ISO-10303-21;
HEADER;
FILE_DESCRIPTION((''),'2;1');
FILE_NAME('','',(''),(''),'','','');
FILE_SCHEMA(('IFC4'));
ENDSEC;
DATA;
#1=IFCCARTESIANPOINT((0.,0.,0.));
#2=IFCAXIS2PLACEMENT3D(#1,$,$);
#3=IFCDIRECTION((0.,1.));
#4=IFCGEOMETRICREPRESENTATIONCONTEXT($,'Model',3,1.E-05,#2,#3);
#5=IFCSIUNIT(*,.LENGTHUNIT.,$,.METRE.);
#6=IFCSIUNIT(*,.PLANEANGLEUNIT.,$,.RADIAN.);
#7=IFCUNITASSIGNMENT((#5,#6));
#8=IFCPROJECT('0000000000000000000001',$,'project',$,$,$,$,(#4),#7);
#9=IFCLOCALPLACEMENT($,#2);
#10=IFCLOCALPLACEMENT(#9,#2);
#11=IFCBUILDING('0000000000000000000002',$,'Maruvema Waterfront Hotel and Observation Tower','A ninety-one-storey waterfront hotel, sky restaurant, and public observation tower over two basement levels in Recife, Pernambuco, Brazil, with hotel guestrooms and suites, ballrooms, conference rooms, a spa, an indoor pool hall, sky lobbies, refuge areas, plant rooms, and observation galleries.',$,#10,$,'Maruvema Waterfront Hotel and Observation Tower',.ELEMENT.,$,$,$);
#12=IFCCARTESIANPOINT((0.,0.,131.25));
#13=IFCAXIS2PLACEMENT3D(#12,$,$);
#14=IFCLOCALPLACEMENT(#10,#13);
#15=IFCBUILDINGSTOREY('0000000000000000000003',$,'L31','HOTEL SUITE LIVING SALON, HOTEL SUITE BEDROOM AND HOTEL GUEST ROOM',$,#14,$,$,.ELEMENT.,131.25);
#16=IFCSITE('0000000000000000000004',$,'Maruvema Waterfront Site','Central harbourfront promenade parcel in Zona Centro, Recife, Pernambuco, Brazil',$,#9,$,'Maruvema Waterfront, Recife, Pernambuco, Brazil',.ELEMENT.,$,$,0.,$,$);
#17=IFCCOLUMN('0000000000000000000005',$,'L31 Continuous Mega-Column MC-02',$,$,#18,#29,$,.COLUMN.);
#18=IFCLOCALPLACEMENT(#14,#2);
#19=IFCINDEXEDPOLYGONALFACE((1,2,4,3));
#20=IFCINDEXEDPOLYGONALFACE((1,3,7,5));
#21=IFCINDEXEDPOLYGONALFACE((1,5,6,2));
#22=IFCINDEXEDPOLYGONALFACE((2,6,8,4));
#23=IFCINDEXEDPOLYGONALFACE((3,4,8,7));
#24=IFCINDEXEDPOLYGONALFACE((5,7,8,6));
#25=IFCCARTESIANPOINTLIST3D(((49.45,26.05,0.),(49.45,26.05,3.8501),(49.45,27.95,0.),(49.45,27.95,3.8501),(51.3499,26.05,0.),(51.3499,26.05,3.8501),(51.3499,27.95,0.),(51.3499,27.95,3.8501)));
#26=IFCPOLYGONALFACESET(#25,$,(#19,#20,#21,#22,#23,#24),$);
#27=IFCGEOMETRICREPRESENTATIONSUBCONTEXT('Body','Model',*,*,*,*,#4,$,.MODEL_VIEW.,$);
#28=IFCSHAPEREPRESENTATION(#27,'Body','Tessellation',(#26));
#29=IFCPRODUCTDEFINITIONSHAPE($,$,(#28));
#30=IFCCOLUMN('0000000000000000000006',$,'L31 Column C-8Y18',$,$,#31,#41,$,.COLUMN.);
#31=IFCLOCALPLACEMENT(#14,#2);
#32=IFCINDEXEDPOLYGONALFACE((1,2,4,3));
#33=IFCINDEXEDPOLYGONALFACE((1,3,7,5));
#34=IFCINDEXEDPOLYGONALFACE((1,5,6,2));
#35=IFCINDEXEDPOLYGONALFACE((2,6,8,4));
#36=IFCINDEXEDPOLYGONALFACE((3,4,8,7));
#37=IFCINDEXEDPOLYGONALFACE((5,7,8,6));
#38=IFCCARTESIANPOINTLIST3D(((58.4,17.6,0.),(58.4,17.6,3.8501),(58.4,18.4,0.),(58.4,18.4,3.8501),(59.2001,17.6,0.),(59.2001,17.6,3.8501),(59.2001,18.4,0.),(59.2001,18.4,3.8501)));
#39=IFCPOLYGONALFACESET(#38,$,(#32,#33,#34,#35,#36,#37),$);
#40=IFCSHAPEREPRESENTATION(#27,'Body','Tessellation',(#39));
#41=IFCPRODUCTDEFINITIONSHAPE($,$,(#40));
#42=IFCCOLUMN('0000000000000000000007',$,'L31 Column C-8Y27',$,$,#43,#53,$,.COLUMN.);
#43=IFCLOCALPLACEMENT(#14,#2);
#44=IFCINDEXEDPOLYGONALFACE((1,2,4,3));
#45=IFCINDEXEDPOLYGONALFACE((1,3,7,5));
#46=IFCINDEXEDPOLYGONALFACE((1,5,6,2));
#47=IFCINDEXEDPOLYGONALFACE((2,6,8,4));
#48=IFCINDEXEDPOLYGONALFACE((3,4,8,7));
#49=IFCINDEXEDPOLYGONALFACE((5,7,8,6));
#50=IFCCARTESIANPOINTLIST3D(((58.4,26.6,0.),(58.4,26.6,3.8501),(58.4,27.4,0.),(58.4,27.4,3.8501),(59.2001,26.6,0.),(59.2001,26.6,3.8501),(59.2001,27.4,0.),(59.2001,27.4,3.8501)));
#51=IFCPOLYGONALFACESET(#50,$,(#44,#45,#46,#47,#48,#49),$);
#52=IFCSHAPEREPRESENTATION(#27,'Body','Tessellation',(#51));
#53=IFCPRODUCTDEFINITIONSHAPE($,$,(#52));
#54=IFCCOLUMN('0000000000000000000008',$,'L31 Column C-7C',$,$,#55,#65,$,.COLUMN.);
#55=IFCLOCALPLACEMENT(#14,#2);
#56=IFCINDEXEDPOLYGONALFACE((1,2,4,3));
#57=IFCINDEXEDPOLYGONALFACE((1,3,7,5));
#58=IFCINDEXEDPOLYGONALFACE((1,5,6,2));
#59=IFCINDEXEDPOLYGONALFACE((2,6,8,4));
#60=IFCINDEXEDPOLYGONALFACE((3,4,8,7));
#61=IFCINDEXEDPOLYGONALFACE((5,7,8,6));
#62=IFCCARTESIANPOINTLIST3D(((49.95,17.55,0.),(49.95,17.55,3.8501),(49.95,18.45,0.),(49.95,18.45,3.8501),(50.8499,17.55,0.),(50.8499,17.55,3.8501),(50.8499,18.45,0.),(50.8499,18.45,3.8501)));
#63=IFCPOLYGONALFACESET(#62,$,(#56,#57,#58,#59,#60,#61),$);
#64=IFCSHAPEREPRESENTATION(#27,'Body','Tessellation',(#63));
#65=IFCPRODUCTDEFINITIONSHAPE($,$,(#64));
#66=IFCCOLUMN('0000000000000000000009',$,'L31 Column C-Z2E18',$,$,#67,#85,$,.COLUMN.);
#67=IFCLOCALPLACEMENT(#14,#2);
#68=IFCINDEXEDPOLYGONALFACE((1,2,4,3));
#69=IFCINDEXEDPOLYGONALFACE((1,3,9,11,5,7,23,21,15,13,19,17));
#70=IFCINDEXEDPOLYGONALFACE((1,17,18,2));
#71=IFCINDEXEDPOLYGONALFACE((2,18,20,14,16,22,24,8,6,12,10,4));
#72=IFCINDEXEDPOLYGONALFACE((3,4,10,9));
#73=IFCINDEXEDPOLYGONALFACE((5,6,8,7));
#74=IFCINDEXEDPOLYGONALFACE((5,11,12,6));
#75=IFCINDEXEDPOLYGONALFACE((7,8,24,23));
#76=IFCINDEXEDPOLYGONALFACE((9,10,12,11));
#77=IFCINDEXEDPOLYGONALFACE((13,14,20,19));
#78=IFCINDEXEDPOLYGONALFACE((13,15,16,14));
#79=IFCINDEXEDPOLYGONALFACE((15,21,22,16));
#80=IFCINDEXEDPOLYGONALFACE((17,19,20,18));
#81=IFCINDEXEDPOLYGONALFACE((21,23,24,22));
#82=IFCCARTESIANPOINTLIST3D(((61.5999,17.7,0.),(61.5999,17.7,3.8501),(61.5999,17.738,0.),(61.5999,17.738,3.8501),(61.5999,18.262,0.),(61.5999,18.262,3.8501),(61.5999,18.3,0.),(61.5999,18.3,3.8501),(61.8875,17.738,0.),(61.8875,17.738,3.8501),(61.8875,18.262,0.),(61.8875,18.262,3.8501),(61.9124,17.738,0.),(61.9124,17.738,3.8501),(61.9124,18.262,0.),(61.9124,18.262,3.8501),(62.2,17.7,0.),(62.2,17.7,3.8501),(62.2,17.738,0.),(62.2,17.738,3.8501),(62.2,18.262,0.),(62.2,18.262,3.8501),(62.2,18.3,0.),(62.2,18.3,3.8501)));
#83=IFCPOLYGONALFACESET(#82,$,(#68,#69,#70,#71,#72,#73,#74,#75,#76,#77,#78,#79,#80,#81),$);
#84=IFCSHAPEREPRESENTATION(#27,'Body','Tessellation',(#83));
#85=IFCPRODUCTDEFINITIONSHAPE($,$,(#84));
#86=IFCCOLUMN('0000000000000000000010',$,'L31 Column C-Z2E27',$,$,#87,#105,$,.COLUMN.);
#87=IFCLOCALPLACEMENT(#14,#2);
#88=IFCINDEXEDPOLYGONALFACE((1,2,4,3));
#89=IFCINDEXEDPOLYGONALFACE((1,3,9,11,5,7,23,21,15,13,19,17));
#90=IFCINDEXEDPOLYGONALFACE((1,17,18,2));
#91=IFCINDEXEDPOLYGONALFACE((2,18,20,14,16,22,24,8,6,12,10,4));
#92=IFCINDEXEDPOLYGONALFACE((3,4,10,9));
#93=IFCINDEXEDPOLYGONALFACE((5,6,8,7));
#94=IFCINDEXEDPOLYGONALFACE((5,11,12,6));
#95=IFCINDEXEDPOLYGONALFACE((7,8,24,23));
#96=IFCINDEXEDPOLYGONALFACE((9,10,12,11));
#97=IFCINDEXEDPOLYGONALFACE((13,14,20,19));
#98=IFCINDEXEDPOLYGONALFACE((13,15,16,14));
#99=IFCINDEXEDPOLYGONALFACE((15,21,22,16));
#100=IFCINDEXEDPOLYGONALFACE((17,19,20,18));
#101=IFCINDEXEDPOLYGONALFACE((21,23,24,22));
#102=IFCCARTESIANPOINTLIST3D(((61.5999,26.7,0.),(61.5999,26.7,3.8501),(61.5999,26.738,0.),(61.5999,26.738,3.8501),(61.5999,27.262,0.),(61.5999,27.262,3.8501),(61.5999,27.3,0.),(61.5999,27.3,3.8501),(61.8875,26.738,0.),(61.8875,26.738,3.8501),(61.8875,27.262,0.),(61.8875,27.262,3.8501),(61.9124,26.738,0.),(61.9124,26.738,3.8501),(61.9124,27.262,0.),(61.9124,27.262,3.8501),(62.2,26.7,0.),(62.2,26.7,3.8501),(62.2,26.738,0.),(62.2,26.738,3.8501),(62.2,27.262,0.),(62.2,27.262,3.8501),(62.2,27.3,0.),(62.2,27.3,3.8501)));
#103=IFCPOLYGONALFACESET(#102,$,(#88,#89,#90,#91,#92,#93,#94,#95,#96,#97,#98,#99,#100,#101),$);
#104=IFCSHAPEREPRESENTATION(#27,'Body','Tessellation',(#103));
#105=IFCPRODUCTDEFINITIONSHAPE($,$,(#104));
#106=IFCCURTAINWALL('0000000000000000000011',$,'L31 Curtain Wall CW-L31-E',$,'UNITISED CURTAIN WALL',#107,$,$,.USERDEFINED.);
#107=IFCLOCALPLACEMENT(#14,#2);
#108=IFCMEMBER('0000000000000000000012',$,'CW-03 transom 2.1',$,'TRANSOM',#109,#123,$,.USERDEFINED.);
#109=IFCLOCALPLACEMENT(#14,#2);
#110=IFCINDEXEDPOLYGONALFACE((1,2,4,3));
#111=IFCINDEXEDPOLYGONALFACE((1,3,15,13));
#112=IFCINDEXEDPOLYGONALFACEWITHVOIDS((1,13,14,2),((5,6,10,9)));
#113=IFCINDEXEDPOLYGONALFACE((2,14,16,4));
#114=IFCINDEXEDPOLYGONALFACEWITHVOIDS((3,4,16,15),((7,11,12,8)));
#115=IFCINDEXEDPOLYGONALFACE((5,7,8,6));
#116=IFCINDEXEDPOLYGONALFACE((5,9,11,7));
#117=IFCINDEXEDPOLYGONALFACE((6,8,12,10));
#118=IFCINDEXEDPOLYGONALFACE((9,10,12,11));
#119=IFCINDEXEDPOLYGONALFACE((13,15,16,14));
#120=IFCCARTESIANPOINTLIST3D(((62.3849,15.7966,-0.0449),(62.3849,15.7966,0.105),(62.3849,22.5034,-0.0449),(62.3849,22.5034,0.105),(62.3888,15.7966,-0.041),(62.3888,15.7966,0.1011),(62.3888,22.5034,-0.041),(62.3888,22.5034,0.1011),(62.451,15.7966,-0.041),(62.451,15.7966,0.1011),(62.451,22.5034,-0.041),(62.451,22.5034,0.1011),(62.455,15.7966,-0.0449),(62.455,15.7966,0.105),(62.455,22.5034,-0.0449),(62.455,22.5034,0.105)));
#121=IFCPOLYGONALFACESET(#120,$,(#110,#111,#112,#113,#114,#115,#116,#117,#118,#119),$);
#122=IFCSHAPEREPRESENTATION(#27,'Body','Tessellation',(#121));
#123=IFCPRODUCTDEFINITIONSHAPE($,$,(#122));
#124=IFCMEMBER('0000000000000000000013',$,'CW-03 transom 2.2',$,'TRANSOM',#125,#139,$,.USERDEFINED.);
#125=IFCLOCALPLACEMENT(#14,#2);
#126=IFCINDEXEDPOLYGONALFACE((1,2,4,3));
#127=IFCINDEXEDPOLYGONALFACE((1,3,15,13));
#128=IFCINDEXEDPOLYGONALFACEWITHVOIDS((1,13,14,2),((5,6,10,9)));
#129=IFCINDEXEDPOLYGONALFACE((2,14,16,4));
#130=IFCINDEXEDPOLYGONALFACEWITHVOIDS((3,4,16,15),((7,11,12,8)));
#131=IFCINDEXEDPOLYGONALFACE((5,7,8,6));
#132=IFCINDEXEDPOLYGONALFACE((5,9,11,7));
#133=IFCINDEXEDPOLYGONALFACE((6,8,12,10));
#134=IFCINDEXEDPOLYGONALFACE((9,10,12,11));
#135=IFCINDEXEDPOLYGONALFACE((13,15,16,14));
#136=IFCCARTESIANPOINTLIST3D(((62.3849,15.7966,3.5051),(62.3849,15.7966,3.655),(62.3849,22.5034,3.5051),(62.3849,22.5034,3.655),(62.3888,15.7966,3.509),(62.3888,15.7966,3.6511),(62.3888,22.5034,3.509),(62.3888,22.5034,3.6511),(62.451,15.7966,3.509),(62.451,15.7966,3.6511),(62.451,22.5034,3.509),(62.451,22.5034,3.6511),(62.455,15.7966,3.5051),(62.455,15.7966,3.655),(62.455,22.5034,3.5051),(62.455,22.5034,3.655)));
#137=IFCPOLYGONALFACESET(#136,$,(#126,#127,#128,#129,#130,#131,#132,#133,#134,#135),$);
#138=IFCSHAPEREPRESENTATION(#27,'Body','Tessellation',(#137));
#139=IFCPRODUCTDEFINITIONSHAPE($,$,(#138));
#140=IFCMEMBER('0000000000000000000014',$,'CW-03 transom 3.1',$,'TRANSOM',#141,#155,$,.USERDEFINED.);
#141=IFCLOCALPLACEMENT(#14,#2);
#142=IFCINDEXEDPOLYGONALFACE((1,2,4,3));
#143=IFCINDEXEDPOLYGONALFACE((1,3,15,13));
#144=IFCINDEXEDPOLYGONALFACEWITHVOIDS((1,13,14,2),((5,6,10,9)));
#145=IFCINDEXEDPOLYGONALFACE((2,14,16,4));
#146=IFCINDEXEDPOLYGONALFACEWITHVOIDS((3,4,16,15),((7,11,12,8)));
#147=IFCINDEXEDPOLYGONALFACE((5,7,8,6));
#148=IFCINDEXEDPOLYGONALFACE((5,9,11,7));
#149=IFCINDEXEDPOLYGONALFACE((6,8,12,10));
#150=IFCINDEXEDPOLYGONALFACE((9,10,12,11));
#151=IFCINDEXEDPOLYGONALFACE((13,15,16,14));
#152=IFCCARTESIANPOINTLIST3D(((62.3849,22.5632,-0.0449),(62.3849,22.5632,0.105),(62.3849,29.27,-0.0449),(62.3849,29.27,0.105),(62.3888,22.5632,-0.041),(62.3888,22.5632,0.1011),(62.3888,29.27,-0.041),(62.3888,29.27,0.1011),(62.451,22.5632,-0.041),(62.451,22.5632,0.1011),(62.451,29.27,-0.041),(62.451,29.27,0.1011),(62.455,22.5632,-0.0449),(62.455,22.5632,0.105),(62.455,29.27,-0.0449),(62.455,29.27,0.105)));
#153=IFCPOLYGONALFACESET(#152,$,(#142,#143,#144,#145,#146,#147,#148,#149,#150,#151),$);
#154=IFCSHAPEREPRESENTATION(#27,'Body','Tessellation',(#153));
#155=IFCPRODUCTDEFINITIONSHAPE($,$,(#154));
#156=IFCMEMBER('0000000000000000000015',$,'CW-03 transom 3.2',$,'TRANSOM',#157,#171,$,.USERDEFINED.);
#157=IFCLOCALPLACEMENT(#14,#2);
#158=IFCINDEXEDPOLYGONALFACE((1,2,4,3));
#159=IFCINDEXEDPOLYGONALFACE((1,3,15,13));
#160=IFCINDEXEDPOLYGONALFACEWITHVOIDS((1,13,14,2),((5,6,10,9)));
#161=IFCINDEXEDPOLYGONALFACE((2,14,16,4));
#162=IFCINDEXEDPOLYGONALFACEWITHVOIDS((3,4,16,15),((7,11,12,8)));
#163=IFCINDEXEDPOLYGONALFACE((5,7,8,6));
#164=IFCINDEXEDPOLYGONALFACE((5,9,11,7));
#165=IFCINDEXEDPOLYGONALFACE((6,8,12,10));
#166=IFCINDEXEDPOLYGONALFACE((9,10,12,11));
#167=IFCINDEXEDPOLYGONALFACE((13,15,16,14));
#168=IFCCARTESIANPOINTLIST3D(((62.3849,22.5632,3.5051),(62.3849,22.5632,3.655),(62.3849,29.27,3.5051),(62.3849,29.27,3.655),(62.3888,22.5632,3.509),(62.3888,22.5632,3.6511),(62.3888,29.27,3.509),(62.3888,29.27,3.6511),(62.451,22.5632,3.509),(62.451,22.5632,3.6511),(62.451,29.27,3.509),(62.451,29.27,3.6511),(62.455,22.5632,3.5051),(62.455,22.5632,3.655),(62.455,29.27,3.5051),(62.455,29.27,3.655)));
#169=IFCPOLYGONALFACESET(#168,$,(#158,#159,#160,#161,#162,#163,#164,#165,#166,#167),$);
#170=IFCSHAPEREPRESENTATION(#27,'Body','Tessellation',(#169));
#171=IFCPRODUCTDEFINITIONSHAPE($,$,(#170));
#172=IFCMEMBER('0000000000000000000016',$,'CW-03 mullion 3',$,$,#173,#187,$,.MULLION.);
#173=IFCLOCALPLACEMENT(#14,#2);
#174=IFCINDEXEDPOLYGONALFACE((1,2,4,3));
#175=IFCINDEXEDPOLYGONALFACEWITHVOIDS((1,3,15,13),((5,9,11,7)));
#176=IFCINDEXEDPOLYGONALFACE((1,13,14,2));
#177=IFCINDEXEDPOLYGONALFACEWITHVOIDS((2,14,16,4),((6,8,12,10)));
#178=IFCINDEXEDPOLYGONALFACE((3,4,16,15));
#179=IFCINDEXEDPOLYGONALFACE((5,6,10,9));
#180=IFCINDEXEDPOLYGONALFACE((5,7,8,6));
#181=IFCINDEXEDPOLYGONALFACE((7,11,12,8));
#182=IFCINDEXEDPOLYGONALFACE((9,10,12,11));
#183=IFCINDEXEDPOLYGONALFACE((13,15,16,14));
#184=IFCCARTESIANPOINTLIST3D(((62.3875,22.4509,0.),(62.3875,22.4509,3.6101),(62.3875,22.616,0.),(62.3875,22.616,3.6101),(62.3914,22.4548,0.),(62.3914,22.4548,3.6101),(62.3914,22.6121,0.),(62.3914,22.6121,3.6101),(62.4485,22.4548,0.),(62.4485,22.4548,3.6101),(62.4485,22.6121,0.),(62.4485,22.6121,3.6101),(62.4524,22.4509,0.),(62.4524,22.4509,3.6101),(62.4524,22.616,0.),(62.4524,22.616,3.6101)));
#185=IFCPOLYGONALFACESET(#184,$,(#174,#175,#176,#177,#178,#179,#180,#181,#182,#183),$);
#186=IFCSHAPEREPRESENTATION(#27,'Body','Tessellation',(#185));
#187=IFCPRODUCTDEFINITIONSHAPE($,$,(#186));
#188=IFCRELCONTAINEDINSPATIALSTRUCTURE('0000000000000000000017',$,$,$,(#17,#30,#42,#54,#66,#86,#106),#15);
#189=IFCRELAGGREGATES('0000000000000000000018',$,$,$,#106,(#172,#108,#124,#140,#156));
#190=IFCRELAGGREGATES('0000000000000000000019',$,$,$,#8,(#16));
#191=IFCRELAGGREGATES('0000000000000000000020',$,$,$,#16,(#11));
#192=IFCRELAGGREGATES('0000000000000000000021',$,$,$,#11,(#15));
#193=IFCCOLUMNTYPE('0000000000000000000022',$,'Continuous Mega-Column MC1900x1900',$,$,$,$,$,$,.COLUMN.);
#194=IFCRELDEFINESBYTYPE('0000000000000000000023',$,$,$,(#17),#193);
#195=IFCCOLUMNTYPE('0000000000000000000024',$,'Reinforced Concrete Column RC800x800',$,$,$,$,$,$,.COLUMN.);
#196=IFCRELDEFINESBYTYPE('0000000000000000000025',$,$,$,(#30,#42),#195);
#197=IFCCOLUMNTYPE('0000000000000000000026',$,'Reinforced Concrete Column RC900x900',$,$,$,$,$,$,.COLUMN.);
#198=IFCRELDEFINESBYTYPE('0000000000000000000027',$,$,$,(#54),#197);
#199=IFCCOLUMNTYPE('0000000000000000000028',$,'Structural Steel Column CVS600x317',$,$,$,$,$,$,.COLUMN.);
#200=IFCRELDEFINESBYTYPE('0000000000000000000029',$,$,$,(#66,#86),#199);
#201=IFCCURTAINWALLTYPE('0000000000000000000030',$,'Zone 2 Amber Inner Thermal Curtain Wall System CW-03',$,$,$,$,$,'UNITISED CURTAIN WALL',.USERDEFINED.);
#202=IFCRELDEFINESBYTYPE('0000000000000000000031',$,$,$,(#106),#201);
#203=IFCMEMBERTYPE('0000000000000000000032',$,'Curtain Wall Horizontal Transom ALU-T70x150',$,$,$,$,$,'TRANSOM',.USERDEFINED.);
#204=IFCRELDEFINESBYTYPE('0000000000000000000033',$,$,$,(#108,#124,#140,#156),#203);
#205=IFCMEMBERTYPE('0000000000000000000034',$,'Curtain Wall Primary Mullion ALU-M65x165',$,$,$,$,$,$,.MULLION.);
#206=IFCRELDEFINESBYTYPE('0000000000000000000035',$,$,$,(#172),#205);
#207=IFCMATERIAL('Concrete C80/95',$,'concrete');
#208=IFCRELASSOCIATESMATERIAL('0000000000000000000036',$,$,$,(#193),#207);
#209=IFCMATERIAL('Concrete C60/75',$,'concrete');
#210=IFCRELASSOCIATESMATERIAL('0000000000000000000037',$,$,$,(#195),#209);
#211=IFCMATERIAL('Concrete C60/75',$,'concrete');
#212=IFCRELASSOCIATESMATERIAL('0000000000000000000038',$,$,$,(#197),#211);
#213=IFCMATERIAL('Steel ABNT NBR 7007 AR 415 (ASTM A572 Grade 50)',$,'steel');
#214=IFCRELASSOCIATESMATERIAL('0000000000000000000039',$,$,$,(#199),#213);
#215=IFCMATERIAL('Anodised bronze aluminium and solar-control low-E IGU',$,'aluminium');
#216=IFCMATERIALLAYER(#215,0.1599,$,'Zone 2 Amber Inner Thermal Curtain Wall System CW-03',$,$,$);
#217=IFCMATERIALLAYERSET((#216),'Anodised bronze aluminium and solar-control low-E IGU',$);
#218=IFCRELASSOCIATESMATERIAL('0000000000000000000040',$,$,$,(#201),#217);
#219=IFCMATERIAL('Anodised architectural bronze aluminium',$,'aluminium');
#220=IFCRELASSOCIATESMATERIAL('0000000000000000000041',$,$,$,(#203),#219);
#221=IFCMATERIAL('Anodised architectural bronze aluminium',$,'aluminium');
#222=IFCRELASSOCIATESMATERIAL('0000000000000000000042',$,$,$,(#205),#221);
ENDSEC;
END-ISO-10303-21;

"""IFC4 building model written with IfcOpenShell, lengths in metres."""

from ifc_helpers import new_model, si_unit, direction, frame, origin, origin_2d, place, context, subcontext, project, spatial, rectangle, hollow_rectangle, i_section, extrude, material, layer, layer_set, material_profile, profile_set, type_object, element, aggregate, save


model = new_model("IFC4")

# Units and contexts
model_context = context("Model", 3, precision=1e-05, world=origin(), true_north=direction((0.0, 1.0)))
body_context = subcontext(model_context, "Body", "Model", "MODEL_VIEW")
ifc_project = project(units=[si_unit("LENGTHUNIT", "METRE"), si_unit("PLANEANGLEUNIT", "RADIAN")], contexts=[model_context])

# Site, building, storey
site_placement = place(None, origin())
site = spatial("IfcSite", under=ifc_project, at=site_placement, Name="Maruvema Waterfront Site", Description="Central harbourfront promenade parcel in Zona Centro, Recife, Pernambuco, Brazil", LongName="Maruvema Waterfront, Recife, Pernambuco, Brazil", CompositionType="ELEMENT", RefElevation=0.0)
building_placement = place(site_placement, origin())
building = spatial("IfcBuilding", under=site, at=building_placement, Name="Maruvema Waterfront Hotel and Observation Tower", Description="A ninety-one-storey waterfront hotel, sky restaurant, and public observation tower over two basement levels in Recife, Pernambuco, Brazil, with hotel guestrooms and suites, ballrooms, conference rooms, a spa, an indoor pool hall, sky lobbies, refuge areas, plant rooms, and observation galleries.", LongName="Maruvema Waterfront Hotel and Observation Tower", CompositionType="ELEMENT")
storey_placement = place(building_placement, frame((0.0, 0.0, 131.25)))
storey = spatial("IfcBuildingStorey", under=building, at=storey_placement, Name="L31", Description="HOTEL SUITE LIVING SALON, HOTEL SUITE BEDROOM AND HOTEL GUEST ROOM", CompositionType="ELEMENT", Elevation=131.25)

# Columns
ifc_material_1 = material(Name="Concrete C80/95", Category="concrete")
ifc_material_profile_1 = material_profile(ifc_material_1, rectangle(XDim=1.8999, YDim=1.8999, at=origin_2d()), Name="MC1900x1900")
ifc_profile_set_1 = profile_set([ifc_material_profile_1], Name="Concrete C80/95")
column_type_1 = type_object("IfcColumnType", Name="Continuous Mega-Column MC1900x1900", PredefinedType="COLUMN", material=ifc_profile_set_1)
column_1_placement = place(storey_placement, frame((50.3999, 27.0, 0.0), z_axis=(0.0, 0.0, 1.0), x_axis=(1.0, 0.0, 0.0)))
element("IfcColumn", 1, at=column_1_placement, inside=storey, type_object=column_type_1, Name="L31 Continuous Mega-Column MC-02", PredefinedType="COLUMN", context=body_context, shape_type="SweptSolid", body=[
    extrude(rectangle(XDim=1.8999, YDim=1.8999, at=origin_2d()), origin(), (0.0, 0.0, 1.0), 3.8501),
])
ifc_material_2 = material(Name="Concrete C60/75", Category="concrete")
ifc_material_profile_2 = material_profile(ifc_material_2, rectangle(XDim=0.8, YDim=0.8, at=origin_2d()), Name="RC800x800")
ifc_profile_set_2 = profile_set([ifc_material_profile_2], Name="Concrete C60/75")
column_type_2 = type_object("IfcColumnType", Name="Reinforced Concrete Column RC800x800", PredefinedType="COLUMN", material=ifc_profile_set_2)
for number, where, z_axis, x_axis, name in (
    (2, (58.8, 18.0, 0.0), (0.0, 0.0, 1.0), (1.0, 0.0, 0.0), "L31 Column C-8Y18"),
    (3, (58.8, 27.0, 0.0), (0.0, 0.0, 1.0), (1.0, 0.0, 0.0), "L31 Column C-8Y27"),
):
    element("IfcColumn", number, at=place(storey_placement, frame(where, z_axis=z_axis, x_axis=x_axis)), inside=storey, type_object=column_type_2, Name=name, PredefinedType="COLUMN", context=body_context, shape_type="SweptSolid", body=[
        extrude(rectangle(XDim=0.8, YDim=0.8, at=origin_2d()), origin(), (0.0, 0.0, 1.0), 3.8501),
    ])
ifc_material_3 = material(Name="Concrete C60/75", Category="concrete")
ifc_material_profile_3 = material_profile(ifc_material_3, rectangle(XDim=0.8999, YDim=0.8999, at=origin_2d()), Name="RC900x900")
ifc_profile_set_3 = profile_set([ifc_material_profile_3], Name="Concrete C60/75")
column_type_3 = type_object("IfcColumnType", Name="Reinforced Concrete Column RC900x900", PredefinedType="COLUMN", material=ifc_profile_set_3)
column_2_placement = place(storey_placement, frame((50.3999, 18.0, 0.0), z_axis=(0.0, 0.0, 1.0), x_axis=(1.0, 0.0, 0.0)))
element("IfcColumn", 4, at=column_2_placement, inside=storey, type_object=column_type_3, Name="L31 Column C-7C", PredefinedType="COLUMN", context=body_context, shape_type="SweptSolid", body=[
    extrude(rectangle(XDim=0.8999, YDim=0.8999, at=origin_2d()), origin(), (0.0, 0.0, 1.0), 3.8501),
])
ifc_material_4 = material(Name="Steel ABNT NBR 7007 AR 415 (ASTM A572 Grade 50)", Category="steel")
ifc_material_profile_4 = material_profile(ifc_material_4, i_section(OverallWidth=0.6001, OverallDepth=0.6001, WebThickness=0.0249, FlangeThickness=0.0381, at=origin_2d()), Name="CVS600x317")
ifc_profile_set_4 = profile_set([ifc_material_profile_4], Name="Steel ABNT NBR 7007 AR 415 (ASTM A572 Grade 50)")
column_type_4 = type_object("IfcColumnType", Name="Structural Steel Column CVS600x317", PredefinedType="COLUMN", material=ifc_profile_set_4)
for number, where, z_axis, x_axis, name in (
    (5, (61.8999, 18.0, 0.0), (0.0, 0.0, 1.0), (1.0, 0.0, 0.0), "L31 Column C-Z2E18"),
    (6, (61.8999, 27.0, 0.0), (0.0, 0.0, 1.0), (1.0, 0.0, 0.0), "L31 Column C-Z2E27"),
):
    element("IfcColumn", number, at=place(storey_placement, frame(where, z_axis=z_axis, x_axis=x_axis)), inside=storey, type_object=column_type_4, Name=name, PredefinedType="COLUMN", context=body_context, shape_type="SweptSolid", body=[
        extrude(i_section(OverallWidth=0.6001, OverallDepth=0.6001, WebThickness=0.0249, FlangeThickness=0.0381, at=origin_2d()), origin(), (0.0, 0.0, 1.0), 3.8501),
    ])

# Curtain wall, members
ifc_material_5 = material(Name="Anodised bronze aluminium and solar-control low-E IGU", Category="aluminium")
ifc_layer_1 = layer(ifc_material_5, 0.1599, Name="Zone 2 Amber Inner Thermal Curtain Wall System CW-03")
ifc_layer_set_1 = layer_set([ifc_layer_1], Name="Anodised bronze aluminium and solar-control low-E IGU")
curtain_wall_type = type_object("IfcCurtainWallType", Name="Zone 2 Amber Inner Thermal Curtain Wall System CW-03", ElementType="UNITISED CURTAIN WALL", PredefinedType="USERDEFINED", material=ifc_layer_set_1)
curtain_wall_placement = place(storey_placement, origin())
curtain_wall = element("IfcCurtainWall", 7, at=curtain_wall_placement, inside=storey, type_object=curtain_wall_type, Name="L31 Curtain Wall CW-L31-E", ObjectType="UNITISED CURTAIN WALL", PredefinedType="USERDEFINED")
ifc_material_6 = material(Name="Anodised architectural bronze aluminium", Category="aluminium")
ifc_material_profile_5 = material_profile(ifc_material_6, hollow_rectangle(XDim=0.0701, YDim=0.1499, WallThickness=0.0039, at=origin_2d()), Name="ALU-T70x150")
ifc_profile_set_5 = profile_set([ifc_material_profile_5], Name="Anodised architectural bronze aluminium")
member_type_1 = type_object("IfcMemberType", Name="Curtain Wall Horizontal Transom ALU-T70x150", ElementType="TRANSOM", PredefinedType="USERDEFINED", material=ifc_profile_set_5)
member_1_placement = place(storey_placement, frame((62.4199, 15.7966, 0.03), z_axis=(0.0, 1.0, 0.0), x_axis=(-1.0, 0.0, 0.0)))
member_1 = element("IfcMember", 8, at=member_1_placement, type_object=member_type_1, Name="CW-03 transom 2.1", ObjectType="TRANSOM", PredefinedType="USERDEFINED", context=body_context, shape_type="SweptSolid", body=[
    extrude(hollow_rectangle(XDim=0.0701, YDim=0.1499, WallThickness=0.0039, at=origin_2d()), origin(), (0.0, 0.0, 1.0), 6.7068),
])
member_2_placement = place(storey_placement, frame((62.4199, 15.7966, 3.5801), z_axis=(0.0, 1.0, 0.0), x_axis=(-1.0, 0.0, 0.0)))
member_2 = element("IfcMember", 9, at=member_2_placement, type_object=member_type_1, Name="CW-03 transom 2.2", ObjectType="TRANSOM", PredefinedType="USERDEFINED", context=body_context, shape_type="SweptSolid", body=[
    extrude(hollow_rectangle(XDim=0.0701, YDim=0.1499, WallThickness=0.0039, at=origin_2d()), origin(), (0.0, 0.0, 1.0), 6.7068),
])
member_3_placement = place(storey_placement, frame((62.4199, 22.5632, 0.03), z_axis=(0.0, 1.0, 0.0), x_axis=(-1.0, 0.0, 0.0)))
member_3 = element("IfcMember", 10, at=member_3_placement, type_object=member_type_1, Name="CW-03 transom 3.1", ObjectType="TRANSOM", PredefinedType="USERDEFINED", context=body_context, shape_type="SweptSolid", body=[
    extrude(hollow_rectangle(XDim=0.0701, YDim=0.1499, WallThickness=0.0039, at=origin_2d()), origin(), (0.0, 0.0, 1.0), 6.7068),
])
member_4_placement = place(storey_placement, frame((62.4199, 22.5632, 3.5801), z_axis=(0.0, 1.0, 0.0), x_axis=(-1.0, 0.0, 0.0)))
member_4 = element("IfcMember", 11, at=member_4_placement, type_object=member_type_1, Name="CW-03 transom 3.2", ObjectType="TRANSOM", PredefinedType="USERDEFINED", context=body_context, shape_type="SweptSolid", body=[
    extrude(hollow_rectangle(XDim=0.0701, YDim=0.1499, WallThickness=0.0039, at=origin_2d()), origin(), (0.0, 0.0, 1.0), 6.7068),
])
ifc_material_7 = material(Name="Anodised architectural bronze aluminium", Category="aluminium")
ifc_material_profile_6 = material_profile(ifc_material_7, hollow_rectangle(XDim=0.0649, YDim=0.165, WallThickness=0.0039, at=origin_2d()), Name="ALU-M65x165")
ifc_profile_set_6 = profile_set([ifc_material_profile_6], Name="Anodised architectural bronze aluminium")
member_type_2 = type_object("IfcMemberType", Name="Curtain Wall Primary Mullion ALU-M65x165", PredefinedType="MULLION", material=ifc_profile_set_6)
member_5_placement = place(storey_placement, frame((62.4199, 22.5334, 0.0), z_axis=(0.0, 0.0, 1.0), x_axis=(-1.0, 0.0, 0.0)))
member_5 = element("IfcMember", 12, at=member_5_placement, type_object=member_type_2, Name="CW-03 mullion 3", PredefinedType="MULLION", context=body_context, shape_type="SweptSolid", body=[
    extrude(hollow_rectangle(XDim=0.0649, YDim=0.165, WallThickness=0.0039, at=origin_2d()), origin(), (0.0, 0.0, 1.0), 3.6101),
])

aggregate(curtain_wall, [member_5, member_1, member_2, member_3, member_4])

save(model, "model.ifc")
